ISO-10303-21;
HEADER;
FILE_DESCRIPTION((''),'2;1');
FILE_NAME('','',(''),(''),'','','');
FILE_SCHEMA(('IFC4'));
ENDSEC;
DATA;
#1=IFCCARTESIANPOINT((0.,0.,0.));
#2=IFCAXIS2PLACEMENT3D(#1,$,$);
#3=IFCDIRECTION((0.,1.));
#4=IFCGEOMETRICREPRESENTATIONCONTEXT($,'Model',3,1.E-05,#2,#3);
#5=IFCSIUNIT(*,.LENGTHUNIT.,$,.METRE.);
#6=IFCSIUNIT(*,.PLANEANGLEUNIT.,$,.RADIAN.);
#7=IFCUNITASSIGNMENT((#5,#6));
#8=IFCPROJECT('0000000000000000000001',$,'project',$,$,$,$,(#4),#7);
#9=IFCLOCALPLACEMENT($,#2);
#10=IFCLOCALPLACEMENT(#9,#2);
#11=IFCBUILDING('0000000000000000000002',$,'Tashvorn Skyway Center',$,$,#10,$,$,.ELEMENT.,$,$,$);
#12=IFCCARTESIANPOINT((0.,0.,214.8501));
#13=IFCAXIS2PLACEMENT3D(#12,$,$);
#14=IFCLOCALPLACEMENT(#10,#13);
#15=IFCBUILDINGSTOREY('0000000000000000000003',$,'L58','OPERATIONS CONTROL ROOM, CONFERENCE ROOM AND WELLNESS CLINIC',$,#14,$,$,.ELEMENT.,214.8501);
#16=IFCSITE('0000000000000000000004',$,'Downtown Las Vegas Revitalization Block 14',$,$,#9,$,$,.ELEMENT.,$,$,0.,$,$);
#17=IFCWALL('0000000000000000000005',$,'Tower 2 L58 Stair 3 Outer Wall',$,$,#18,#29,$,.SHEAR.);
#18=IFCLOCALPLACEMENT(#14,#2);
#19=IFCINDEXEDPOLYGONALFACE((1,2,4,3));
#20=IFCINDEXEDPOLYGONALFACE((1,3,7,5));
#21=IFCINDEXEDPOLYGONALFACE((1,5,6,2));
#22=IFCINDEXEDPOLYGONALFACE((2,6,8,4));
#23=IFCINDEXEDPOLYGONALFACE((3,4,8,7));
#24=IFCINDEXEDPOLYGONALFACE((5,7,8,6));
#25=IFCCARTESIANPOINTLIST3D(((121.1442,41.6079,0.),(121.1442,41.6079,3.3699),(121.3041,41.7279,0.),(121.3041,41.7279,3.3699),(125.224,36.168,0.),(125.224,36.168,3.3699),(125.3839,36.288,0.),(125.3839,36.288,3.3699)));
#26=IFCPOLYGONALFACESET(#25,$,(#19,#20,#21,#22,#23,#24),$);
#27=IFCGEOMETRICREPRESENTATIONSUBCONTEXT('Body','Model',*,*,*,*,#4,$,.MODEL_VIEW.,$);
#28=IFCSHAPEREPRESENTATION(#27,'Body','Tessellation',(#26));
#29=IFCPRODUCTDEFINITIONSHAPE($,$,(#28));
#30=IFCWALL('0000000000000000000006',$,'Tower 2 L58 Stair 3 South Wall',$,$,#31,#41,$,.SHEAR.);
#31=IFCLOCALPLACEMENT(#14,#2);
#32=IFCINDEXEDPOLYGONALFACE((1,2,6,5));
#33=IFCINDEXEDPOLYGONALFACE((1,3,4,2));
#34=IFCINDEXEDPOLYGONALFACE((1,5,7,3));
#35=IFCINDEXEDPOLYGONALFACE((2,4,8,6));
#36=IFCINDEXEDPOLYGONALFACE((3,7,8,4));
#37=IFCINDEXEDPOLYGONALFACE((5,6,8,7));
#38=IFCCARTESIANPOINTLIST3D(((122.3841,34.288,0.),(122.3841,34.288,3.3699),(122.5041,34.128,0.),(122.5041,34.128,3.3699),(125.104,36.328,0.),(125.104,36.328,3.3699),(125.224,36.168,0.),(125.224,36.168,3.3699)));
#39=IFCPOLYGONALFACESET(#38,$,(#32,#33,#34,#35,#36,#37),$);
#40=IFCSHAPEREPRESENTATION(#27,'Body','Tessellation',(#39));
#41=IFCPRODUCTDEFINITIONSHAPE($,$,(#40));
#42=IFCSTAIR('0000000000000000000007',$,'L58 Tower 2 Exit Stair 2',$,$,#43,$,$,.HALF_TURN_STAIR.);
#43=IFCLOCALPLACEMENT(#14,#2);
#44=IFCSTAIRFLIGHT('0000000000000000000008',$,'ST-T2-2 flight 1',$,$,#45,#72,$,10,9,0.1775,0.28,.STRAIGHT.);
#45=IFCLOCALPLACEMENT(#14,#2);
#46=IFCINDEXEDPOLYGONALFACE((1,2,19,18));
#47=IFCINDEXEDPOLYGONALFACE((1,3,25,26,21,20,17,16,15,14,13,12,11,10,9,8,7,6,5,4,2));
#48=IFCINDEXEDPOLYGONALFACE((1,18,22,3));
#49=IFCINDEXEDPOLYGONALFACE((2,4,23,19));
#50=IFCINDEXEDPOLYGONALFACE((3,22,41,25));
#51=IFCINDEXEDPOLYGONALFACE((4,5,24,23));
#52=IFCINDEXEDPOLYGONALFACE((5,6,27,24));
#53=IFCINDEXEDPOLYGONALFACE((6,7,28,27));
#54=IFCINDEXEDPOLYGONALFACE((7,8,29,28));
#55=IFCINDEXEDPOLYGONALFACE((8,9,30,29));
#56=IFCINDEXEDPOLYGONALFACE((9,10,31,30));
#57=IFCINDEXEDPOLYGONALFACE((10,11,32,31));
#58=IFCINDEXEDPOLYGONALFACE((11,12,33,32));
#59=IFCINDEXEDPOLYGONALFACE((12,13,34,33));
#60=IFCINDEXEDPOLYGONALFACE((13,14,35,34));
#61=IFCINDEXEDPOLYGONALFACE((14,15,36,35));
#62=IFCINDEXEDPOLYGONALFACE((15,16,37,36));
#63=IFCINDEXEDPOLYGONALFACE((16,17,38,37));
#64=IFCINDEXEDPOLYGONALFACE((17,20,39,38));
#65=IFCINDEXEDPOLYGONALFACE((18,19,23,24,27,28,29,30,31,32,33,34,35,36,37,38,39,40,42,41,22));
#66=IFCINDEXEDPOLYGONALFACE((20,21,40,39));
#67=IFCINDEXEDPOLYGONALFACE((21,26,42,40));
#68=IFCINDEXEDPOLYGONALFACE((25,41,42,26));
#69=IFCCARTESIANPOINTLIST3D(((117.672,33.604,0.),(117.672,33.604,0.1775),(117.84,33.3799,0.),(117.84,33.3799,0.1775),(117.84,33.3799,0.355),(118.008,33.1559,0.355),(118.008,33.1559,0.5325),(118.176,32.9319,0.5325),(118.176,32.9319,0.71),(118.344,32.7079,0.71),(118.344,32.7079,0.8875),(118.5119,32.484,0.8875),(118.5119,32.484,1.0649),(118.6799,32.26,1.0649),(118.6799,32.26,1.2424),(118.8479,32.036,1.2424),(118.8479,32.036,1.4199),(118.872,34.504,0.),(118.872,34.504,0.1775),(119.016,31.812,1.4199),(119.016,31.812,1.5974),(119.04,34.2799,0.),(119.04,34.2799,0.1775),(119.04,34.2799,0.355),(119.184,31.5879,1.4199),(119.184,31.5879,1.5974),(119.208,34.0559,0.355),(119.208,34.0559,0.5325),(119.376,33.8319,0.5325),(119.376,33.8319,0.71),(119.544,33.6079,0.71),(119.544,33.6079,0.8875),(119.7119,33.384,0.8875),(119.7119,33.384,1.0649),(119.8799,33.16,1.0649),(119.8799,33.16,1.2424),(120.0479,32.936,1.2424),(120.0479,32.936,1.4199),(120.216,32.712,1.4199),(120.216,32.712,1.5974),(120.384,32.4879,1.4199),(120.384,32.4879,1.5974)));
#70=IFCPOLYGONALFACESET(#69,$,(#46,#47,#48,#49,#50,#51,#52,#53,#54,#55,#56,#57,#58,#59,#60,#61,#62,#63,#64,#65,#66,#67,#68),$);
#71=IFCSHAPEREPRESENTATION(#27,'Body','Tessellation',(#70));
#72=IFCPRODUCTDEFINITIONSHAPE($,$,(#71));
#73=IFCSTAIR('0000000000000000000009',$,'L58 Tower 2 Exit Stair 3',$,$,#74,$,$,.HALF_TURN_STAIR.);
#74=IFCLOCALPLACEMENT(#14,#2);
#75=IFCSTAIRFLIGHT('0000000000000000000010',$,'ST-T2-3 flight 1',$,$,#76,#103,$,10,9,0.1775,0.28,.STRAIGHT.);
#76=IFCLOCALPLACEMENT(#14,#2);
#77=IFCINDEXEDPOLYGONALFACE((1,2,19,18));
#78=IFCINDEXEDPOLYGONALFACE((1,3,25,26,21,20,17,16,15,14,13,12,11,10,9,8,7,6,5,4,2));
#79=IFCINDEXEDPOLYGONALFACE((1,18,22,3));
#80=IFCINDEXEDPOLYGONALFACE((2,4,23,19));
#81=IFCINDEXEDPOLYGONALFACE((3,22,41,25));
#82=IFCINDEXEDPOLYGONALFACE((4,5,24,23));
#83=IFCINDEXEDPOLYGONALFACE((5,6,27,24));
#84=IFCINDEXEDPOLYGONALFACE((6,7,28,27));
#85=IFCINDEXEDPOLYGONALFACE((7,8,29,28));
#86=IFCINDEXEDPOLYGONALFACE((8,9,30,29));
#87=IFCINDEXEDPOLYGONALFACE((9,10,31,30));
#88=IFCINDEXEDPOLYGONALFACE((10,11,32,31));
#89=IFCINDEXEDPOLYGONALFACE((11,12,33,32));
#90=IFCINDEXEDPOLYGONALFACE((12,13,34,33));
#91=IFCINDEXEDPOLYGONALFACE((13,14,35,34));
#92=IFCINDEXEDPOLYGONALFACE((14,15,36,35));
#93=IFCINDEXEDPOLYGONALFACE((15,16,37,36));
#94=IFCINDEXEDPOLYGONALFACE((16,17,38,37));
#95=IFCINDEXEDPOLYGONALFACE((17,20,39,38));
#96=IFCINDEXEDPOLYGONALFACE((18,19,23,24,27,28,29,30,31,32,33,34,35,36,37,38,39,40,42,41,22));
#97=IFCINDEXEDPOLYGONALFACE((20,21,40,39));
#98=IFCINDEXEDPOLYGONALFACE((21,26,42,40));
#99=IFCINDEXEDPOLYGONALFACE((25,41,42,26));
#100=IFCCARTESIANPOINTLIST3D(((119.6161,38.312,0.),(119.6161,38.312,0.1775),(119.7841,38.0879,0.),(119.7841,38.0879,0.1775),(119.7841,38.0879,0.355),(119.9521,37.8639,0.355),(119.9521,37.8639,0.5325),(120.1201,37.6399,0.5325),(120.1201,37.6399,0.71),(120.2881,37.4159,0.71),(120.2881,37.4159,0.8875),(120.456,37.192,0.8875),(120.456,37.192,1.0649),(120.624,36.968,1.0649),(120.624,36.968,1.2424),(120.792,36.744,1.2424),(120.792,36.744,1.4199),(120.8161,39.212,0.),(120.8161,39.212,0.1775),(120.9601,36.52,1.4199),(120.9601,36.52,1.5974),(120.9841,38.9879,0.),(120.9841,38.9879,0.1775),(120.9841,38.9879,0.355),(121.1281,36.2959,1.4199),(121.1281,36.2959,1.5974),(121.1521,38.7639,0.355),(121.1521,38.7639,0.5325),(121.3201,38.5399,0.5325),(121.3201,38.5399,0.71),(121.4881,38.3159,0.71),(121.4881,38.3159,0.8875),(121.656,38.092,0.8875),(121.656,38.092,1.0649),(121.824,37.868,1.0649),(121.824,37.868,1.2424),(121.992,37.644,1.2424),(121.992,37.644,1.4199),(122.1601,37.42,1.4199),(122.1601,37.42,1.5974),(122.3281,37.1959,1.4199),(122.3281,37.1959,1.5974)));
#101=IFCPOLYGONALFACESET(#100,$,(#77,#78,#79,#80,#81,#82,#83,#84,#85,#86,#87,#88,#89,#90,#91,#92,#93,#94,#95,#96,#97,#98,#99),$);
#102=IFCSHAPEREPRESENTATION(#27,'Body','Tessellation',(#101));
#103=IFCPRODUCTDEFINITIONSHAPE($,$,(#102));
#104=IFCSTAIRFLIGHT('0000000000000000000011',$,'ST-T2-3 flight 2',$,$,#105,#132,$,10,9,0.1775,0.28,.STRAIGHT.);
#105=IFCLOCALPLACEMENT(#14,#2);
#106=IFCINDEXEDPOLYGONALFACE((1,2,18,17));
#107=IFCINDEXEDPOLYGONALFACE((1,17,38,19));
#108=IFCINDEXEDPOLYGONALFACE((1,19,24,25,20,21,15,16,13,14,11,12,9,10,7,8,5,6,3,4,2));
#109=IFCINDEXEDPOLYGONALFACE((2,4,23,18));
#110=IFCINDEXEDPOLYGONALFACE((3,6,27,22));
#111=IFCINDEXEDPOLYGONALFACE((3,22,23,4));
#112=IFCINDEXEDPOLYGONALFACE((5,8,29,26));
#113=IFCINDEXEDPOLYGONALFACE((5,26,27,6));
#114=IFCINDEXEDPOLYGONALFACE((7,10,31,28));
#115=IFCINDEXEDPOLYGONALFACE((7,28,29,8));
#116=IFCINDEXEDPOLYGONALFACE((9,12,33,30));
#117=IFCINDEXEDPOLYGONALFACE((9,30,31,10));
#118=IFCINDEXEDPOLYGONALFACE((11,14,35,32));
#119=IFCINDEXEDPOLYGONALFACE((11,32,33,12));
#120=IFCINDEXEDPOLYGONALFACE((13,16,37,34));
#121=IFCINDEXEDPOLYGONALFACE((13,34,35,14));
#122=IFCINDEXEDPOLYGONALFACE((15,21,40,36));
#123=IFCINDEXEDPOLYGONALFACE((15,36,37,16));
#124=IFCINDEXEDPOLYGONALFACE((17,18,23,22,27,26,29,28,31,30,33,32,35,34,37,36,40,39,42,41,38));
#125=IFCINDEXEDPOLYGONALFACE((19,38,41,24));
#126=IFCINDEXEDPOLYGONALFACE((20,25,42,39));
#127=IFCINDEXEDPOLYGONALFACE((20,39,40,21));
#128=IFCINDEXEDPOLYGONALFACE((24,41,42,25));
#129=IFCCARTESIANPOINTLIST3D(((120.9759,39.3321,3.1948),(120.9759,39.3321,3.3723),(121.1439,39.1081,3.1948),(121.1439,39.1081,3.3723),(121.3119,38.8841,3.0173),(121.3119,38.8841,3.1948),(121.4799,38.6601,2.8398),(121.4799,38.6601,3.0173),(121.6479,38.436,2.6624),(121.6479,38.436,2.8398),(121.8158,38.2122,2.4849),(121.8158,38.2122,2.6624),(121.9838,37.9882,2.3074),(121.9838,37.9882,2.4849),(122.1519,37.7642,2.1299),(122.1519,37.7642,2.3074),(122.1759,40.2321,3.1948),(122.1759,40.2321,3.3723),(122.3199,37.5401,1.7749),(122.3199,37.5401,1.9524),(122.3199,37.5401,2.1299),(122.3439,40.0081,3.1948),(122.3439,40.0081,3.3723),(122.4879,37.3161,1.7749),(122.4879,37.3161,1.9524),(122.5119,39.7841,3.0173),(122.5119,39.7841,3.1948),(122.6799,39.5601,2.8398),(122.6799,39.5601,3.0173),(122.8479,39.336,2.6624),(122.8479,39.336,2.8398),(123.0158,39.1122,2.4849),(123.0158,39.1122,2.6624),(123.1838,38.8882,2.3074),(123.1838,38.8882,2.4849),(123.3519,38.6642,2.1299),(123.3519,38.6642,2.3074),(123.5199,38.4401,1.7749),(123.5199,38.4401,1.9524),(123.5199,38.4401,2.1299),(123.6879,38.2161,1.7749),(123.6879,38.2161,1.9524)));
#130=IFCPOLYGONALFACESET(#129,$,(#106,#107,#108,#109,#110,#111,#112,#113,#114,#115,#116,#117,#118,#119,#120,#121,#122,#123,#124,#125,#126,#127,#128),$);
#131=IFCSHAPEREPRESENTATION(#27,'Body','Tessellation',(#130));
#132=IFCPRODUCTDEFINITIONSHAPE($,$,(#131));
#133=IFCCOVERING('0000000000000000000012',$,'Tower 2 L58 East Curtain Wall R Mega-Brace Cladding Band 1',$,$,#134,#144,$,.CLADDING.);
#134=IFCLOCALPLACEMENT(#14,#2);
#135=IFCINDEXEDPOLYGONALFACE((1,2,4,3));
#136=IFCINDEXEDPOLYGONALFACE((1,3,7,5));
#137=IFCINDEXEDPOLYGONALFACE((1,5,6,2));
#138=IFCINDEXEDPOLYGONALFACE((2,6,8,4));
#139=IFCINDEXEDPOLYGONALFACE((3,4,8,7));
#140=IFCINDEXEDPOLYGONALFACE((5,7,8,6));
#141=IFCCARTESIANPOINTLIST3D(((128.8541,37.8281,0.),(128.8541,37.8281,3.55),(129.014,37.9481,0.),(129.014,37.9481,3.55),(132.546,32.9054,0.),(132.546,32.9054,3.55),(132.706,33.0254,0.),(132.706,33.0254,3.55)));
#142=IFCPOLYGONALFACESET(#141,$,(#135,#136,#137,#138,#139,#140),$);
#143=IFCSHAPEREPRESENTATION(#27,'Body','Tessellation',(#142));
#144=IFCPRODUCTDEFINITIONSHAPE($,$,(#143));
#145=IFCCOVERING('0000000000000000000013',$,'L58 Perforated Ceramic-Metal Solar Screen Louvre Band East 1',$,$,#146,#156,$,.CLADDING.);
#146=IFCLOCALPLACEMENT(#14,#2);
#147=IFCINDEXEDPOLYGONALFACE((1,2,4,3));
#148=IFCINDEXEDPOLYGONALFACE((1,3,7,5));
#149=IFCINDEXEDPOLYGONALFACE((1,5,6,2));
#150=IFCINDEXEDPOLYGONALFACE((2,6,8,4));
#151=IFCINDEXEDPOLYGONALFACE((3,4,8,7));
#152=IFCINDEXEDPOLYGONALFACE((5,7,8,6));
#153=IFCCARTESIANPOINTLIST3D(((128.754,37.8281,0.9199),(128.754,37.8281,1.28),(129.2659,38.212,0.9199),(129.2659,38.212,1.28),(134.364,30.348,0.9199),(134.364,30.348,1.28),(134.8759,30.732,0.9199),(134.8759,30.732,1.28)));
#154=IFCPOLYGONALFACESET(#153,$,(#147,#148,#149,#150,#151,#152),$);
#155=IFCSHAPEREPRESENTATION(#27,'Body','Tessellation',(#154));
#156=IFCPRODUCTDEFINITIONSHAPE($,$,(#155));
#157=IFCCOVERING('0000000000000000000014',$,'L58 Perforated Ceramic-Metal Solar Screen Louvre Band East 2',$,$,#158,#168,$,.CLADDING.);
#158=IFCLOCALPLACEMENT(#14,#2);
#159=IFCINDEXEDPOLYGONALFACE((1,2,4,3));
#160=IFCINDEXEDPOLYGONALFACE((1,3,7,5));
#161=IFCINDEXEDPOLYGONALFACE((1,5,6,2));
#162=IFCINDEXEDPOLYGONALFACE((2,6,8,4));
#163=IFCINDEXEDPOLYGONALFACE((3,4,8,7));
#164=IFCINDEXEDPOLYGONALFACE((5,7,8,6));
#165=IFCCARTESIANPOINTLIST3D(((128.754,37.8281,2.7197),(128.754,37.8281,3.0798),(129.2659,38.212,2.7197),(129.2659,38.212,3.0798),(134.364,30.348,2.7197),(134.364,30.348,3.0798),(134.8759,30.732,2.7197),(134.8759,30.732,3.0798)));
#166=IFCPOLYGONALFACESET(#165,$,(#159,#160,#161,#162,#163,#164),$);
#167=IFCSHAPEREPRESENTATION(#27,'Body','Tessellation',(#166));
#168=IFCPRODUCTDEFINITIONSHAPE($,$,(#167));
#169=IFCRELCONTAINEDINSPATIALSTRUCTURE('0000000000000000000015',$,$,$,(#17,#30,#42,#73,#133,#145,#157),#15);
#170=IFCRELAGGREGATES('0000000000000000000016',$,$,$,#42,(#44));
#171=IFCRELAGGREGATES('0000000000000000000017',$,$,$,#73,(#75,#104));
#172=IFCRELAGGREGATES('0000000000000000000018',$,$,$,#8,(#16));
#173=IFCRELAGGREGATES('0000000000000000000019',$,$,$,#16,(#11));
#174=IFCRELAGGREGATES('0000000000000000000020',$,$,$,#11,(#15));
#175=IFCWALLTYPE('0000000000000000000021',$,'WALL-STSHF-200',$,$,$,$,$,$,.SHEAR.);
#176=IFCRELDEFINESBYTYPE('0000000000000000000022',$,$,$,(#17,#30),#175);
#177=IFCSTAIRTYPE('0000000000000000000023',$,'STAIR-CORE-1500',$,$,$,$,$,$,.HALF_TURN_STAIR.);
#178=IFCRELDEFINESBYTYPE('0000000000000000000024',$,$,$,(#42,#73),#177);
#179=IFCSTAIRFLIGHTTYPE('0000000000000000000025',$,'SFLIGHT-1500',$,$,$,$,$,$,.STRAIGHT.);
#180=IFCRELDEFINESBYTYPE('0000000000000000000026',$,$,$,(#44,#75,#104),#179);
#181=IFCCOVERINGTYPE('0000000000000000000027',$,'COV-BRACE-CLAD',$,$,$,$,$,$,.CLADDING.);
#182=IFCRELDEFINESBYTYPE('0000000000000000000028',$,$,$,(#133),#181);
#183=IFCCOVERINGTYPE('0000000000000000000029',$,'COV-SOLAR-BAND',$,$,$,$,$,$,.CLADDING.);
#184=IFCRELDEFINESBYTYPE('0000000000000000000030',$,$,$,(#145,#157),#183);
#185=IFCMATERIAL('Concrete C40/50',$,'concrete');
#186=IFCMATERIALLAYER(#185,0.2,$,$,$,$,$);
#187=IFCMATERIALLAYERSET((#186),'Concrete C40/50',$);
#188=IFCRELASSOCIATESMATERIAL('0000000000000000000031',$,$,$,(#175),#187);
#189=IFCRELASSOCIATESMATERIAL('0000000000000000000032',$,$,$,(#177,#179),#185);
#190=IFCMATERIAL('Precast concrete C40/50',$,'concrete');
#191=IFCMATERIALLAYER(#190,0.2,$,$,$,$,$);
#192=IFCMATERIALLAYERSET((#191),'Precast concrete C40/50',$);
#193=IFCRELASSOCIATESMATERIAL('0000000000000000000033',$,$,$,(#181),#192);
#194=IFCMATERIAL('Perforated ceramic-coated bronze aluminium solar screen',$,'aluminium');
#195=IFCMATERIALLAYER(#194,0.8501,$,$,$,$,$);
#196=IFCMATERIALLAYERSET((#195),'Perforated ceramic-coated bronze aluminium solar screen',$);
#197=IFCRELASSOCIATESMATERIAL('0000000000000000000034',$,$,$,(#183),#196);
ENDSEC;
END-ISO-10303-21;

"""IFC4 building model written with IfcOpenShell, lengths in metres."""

from ifc_helpers import new_model, si_unit, direction, frame, frame_2d, origin, origin_2d, place, context, subcontext, project, spatial, polyline, rectangle, outline, extrude, material, layer, layer_set, type_object, element, aggregate, save


model = new_model("IFC4")

# Units and contexts
model_context = context("Model", 3, precision=1e-05, world=origin(), true_north=direction((0.0, 1.0)))
body_context = subcontext(model_context, "Body", "Model", "MODEL_VIEW")
ifc_project = project(units=[si_unit("LENGTHUNIT", "METRE"), si_unit("PLANEANGLEUNIT", "RADIAN")], contexts=[model_context])

# Site, building, storey
site_placement = place(None, origin())
site = spatial("IfcSite", under=ifc_project, at=site_placement, Name="Downtown Las Vegas Revitalization Block 14", CompositionType="ELEMENT", RefElevation=0.0)
building_placement = place(site_placement, origin())
building = spatial("IfcBuilding", under=site, at=building_placement, Name="Tashvorn Skyway Center", CompositionType="ELEMENT")
storey_placement = place(building_placement, frame((0.0, 0.0, 214.8501)))
storey = spatial("IfcBuildingStorey", under=building, at=storey_placement, Name="L58", Description="OPERATIONS CONTROL ROOM, CONFERENCE ROOM AND WELLNESS CLINIC", CompositionType="ELEMENT", Elevation=214.8501)

# Shared definitions
ifc_material_1 = material(Name="Concrete C40/50", Category="concrete")

# Shared definitions
ifc_layer_1 = layer(ifc_material_1, 0.2)
ifc_layer_set_1 = layer_set([ifc_layer_1], Name="Concrete C40/50")
wall_type_1 = type_object("IfcWallType", Name="WALL-STSHF-200", PredefinedType="SHEAR", material=ifc_layer_set_1)

# Walls
wall_1_placement = place(storey_placement, frame((125.304, 36.228, 0.0), z_axis=(0.0, 0.0, 1.0), x_axis=(-0.599989, 0.800009, 0.0)))
element("IfcWall", 1, at=wall_1_placement, inside=storey, type_object=wall_type_1, Name="Tower 2 L58 Stair 3 Outer Wall", PredefinedType="SHEAR", context=body_context, shape_type="SweptSolid", body=[
    extrude(rectangle(XDim=6.7998, YDim=0.2, at=frame_2d((3.3999, 0.0))), origin(), (0.0, 0.0, 1.0), 3.3699),
])
wall_2_placement = place(storey_placement, frame((122.4441, 34.208, 0.0), z_axis=(0.0, 0.0, 1.0), x_axis=(0.799991, 0.600011, 0.0)))
element("IfcWall", 2, at=wall_2_placement, inside=storey, type_object=wall_type_1, Name="Tower 2 L58 Stair 3 South Wall", PredefinedType="SHEAR", context=body_context, shape_type="SweptSolid", body=[
    extrude(rectangle(XDim=3.3999, YDim=0.2, at=frame_2d((1.7, 0.0))), origin(), (0.0, 0.0, 1.0), 3.3699),
])

# Stair, stair flight
stair_type = type_object("IfcStairType", Name="STAIR-CORE-1500", PredefinedType="HALF_TURN_STAIR", material=ifc_material_1)
stair_1_placement = place(storey_placement, origin())
stair_1 = element("IfcStair", 3, at=stair_1_placement, inside=storey, type_object=stair_type, Name="L58 Tower 2 Exit Stair 2", PredefinedType="HALF_TURN_STAIR")
stair_flight_type = type_object("IfcStairFlightType", Name="SFLIGHT-1500", PredefinedType="STRAIGHT", material=ifc_material_1)
stair_flight_1_placement = place(storey_placement, frame((118.272, 34.054, 0.0), z_axis=(0.0, 0.0, 1.0), x_axis=(0.6, -0.8, 0.0)))
stair_flight_1 = element("IfcStairFlight", 4, at=stair_flight_1_placement, type_object=stair_flight_type, Name="ST-T2-2 flight 1", NumberOfRisers=10, NumberOfTreads=9, PredefinedType="STRAIGHT", RiserHeight=0.1775, TreadLength=0.28, context=body_context, shape_type="SweptSolid", body=[
    extrude(outline(polyline([(0.0, 0.0), (0.0, 0.1775), (0.28, 0.1775), (0.28, 0.355), (0.5601, 0.355), (0.5601, 0.5325), (0.8401, 0.5325), (0.8401, 0.71), (1.1201, 0.71), (1.1201, 0.8875), (1.3999, 0.8875), (1.3999, 1.0649), (1.6799, 1.0649), (1.6799, 1.2424), (1.96, 1.2424), (1.96, 1.4199), (2.24, 1.4199), (2.24, 1.5974), (2.52, 1.5974), (2.52, 1.7749), (2.52, 1.4199), (0.28, 0.0), (0.0, 0.0)])), frame((0.0, 0.75, 0.0), z_axis=(0.0, -1.0, 0.0), x_axis=(1.0, 0.0, 0.0)), (0.0, 0.0, 1.0), 1.5),
])
aggregate(stair_1, [stair_flight_1])

# Stair, stair flights
stair_2_placement = place(storey_placement, origin())
stair_2 = element("IfcStair", 5, at=stair_2_placement, inside=storey, type_object=stair_type, Name="L58 Tower 2 Exit Stair 3", PredefinedType="HALF_TURN_STAIR")
stair_flight_2_placement = place(storey_placement, frame((120.2161, 38.762, 0.0), z_axis=(0.0, 0.0, 1.0), x_axis=(0.6, -0.8, 0.0)))
stair_flight_2 = element("IfcStairFlight", 6, at=stair_flight_2_placement, type_object=stair_flight_type, Name="ST-T2-3 flight 1", NumberOfRisers=10, NumberOfTreads=9, PredefinedType="STRAIGHT", RiserHeight=0.1775, TreadLength=0.28, context=body_context, shape_type="SweptSolid", body=[
    extrude(outline(polyline([(0.0, 0.0), (0.0, 0.1775), (0.28, 0.1775), (0.28, 0.355), (0.5601, 0.355), (0.5601, 0.5325), (0.8401, 0.5325), (0.8401, 0.71), (1.1201, 0.71), (1.1201, 0.8875), (1.3999, 0.8875), (1.3999, 1.0649), (1.6799, 1.0649), (1.6799, 1.2424), (1.96, 1.2424), (1.96, 1.4199), (2.24, 1.4199), (2.24, 1.5974), (2.52, 1.5974), (2.52, 1.7749), (2.52, 1.4199), (0.28, 0.0), (0.0, 0.0)])), frame((0.0, 0.75, 0.0), z_axis=(0.0, -1.0, 0.0), x_axis=(1.0, 0.0, 0.0)), (0.0, 0.0, 1.0), 1.5),
])
stair_flight_3_placement = place(storey_placement, frame((123.0879, 37.7661, 1.7749), z_axis=(0.0, 0.0, 1.0), x_axis=(-0.6, 0.8, 0.0)))
stair_flight_3 = element("IfcStairFlight", 7, at=stair_flight_3_placement, type_object=stair_flight_type, Name="ST-T2-3 flight 2", NumberOfRisers=10, NumberOfTreads=9, PredefinedType="STRAIGHT", RiserHeight=0.1775, TreadLength=0.28, context=body_context, shape_type="SweptSolid", body=[
    extrude(outline(polyline([(0.0, 0.0), (0.0, 0.1775), (0.28, 0.1775), (0.28, 0.355), (0.5601, 0.355), (0.5601, 0.5325), (0.8401, 0.5325), (0.8401, 0.71), (1.1201, 0.71), (1.1201, 0.8875), (1.3999, 0.8875), (1.3999, 1.0649), (1.6799, 1.0649), (1.6799, 1.2424), (1.96, 1.2424), (1.96, 1.4199), (2.24, 1.4199), (2.24, 1.5974), (2.52, 1.5974), (2.52, 1.7749), (2.52, 1.4199), (0.28, 0.0), (0.0, 0.0)])), frame((0.0, 0.75, 0.0), z_axis=(0.0, -1.0, 0.0), x_axis=(1.0, 0.0, 0.0)), (0.0, 0.0, 1.0), 1.5),
])
aggregate(stair_2, [stair_flight_2, stair_flight_3])

# Coverings
ifc_material_2 = material(Name="Precast concrete C40/50", Category="concrete")
ifc_layer_2 = layer(ifc_material_2, 0.2)
ifc_layer_set_2 = layer_set([ifc_layer_2], Name="Precast concrete C40/50")
covering_type_1 = type_object("IfcCoveringType", Name="COV-BRACE-CLAD", PredefinedType="CLADDING", material=ifc_layer_set_2)
covering_placement = place(storey_placement, frame((130.78, 35.4268, 0.0), z_axis=(0.0, 0.0, 1.0), x_axis=(0.6, -0.8, 0.0)))
element("IfcCovering", 8, at=covering_placement, inside=storey, type_object=covering_type_1, Name="Tower 2 L58 East Curtain Wall R Mega-Brace Cladding Band 1", PredefinedType="CLADDING", context=body_context, shape_type="SweptSolid", body=[
    extrude(rectangle(XDim=6.1533, YDim=0.2, at=origin_2d()), origin(), (0.0, 0.0, 1.0), 3.55),
])
ifc_material_3 = material(Name="Perforated ceramic-coated bronze aluminium solar screen", Category="aluminium")
ifc_layer_3 = layer(ifc_material_3, 0.8501)
ifc_layer_set_3 = layer_set([ifc_layer_3], Name="Perforated ceramic-coated bronze aluminium solar screen")
covering_type_2 = type_object("IfcCoveringType", Name="COV-SOLAR-BAND", PredefinedType="CLADDING", material=ifc_layer_set_3)
for number, where, z_axis, x_axis, name in (
    (9, (131.8149, 34.28, 0.9199), (0.0, 0.0, 1.0), (0.6, -0.8, 0.0), "L58 Perforated Ceramic-Metal Solar Screen Louvre Band East 1"),
    (10, (131.8149, 34.28, 2.7197), (0.0, 0.0, 1.0), (0.6, -0.8, 0.0), "L58 Perforated Ceramic-Metal Solar Screen Louvre Band East 2"),
):
    element("IfcCovering", number, at=place(storey_placement, frame(where, z_axis=z_axis, x_axis=x_axis)), inside=storey, type_object=covering_type_2, Name=name, PredefinedType="CLADDING", context=body_context, shape_type="SweptSolid", body=[
        extrude(rectangle(XDim=9.3501, YDim=0.6399, at=origin_2d()), origin(), (0.0, 0.0, 1.0), 0.3601),
    ])

save(model, "model.ifc")
